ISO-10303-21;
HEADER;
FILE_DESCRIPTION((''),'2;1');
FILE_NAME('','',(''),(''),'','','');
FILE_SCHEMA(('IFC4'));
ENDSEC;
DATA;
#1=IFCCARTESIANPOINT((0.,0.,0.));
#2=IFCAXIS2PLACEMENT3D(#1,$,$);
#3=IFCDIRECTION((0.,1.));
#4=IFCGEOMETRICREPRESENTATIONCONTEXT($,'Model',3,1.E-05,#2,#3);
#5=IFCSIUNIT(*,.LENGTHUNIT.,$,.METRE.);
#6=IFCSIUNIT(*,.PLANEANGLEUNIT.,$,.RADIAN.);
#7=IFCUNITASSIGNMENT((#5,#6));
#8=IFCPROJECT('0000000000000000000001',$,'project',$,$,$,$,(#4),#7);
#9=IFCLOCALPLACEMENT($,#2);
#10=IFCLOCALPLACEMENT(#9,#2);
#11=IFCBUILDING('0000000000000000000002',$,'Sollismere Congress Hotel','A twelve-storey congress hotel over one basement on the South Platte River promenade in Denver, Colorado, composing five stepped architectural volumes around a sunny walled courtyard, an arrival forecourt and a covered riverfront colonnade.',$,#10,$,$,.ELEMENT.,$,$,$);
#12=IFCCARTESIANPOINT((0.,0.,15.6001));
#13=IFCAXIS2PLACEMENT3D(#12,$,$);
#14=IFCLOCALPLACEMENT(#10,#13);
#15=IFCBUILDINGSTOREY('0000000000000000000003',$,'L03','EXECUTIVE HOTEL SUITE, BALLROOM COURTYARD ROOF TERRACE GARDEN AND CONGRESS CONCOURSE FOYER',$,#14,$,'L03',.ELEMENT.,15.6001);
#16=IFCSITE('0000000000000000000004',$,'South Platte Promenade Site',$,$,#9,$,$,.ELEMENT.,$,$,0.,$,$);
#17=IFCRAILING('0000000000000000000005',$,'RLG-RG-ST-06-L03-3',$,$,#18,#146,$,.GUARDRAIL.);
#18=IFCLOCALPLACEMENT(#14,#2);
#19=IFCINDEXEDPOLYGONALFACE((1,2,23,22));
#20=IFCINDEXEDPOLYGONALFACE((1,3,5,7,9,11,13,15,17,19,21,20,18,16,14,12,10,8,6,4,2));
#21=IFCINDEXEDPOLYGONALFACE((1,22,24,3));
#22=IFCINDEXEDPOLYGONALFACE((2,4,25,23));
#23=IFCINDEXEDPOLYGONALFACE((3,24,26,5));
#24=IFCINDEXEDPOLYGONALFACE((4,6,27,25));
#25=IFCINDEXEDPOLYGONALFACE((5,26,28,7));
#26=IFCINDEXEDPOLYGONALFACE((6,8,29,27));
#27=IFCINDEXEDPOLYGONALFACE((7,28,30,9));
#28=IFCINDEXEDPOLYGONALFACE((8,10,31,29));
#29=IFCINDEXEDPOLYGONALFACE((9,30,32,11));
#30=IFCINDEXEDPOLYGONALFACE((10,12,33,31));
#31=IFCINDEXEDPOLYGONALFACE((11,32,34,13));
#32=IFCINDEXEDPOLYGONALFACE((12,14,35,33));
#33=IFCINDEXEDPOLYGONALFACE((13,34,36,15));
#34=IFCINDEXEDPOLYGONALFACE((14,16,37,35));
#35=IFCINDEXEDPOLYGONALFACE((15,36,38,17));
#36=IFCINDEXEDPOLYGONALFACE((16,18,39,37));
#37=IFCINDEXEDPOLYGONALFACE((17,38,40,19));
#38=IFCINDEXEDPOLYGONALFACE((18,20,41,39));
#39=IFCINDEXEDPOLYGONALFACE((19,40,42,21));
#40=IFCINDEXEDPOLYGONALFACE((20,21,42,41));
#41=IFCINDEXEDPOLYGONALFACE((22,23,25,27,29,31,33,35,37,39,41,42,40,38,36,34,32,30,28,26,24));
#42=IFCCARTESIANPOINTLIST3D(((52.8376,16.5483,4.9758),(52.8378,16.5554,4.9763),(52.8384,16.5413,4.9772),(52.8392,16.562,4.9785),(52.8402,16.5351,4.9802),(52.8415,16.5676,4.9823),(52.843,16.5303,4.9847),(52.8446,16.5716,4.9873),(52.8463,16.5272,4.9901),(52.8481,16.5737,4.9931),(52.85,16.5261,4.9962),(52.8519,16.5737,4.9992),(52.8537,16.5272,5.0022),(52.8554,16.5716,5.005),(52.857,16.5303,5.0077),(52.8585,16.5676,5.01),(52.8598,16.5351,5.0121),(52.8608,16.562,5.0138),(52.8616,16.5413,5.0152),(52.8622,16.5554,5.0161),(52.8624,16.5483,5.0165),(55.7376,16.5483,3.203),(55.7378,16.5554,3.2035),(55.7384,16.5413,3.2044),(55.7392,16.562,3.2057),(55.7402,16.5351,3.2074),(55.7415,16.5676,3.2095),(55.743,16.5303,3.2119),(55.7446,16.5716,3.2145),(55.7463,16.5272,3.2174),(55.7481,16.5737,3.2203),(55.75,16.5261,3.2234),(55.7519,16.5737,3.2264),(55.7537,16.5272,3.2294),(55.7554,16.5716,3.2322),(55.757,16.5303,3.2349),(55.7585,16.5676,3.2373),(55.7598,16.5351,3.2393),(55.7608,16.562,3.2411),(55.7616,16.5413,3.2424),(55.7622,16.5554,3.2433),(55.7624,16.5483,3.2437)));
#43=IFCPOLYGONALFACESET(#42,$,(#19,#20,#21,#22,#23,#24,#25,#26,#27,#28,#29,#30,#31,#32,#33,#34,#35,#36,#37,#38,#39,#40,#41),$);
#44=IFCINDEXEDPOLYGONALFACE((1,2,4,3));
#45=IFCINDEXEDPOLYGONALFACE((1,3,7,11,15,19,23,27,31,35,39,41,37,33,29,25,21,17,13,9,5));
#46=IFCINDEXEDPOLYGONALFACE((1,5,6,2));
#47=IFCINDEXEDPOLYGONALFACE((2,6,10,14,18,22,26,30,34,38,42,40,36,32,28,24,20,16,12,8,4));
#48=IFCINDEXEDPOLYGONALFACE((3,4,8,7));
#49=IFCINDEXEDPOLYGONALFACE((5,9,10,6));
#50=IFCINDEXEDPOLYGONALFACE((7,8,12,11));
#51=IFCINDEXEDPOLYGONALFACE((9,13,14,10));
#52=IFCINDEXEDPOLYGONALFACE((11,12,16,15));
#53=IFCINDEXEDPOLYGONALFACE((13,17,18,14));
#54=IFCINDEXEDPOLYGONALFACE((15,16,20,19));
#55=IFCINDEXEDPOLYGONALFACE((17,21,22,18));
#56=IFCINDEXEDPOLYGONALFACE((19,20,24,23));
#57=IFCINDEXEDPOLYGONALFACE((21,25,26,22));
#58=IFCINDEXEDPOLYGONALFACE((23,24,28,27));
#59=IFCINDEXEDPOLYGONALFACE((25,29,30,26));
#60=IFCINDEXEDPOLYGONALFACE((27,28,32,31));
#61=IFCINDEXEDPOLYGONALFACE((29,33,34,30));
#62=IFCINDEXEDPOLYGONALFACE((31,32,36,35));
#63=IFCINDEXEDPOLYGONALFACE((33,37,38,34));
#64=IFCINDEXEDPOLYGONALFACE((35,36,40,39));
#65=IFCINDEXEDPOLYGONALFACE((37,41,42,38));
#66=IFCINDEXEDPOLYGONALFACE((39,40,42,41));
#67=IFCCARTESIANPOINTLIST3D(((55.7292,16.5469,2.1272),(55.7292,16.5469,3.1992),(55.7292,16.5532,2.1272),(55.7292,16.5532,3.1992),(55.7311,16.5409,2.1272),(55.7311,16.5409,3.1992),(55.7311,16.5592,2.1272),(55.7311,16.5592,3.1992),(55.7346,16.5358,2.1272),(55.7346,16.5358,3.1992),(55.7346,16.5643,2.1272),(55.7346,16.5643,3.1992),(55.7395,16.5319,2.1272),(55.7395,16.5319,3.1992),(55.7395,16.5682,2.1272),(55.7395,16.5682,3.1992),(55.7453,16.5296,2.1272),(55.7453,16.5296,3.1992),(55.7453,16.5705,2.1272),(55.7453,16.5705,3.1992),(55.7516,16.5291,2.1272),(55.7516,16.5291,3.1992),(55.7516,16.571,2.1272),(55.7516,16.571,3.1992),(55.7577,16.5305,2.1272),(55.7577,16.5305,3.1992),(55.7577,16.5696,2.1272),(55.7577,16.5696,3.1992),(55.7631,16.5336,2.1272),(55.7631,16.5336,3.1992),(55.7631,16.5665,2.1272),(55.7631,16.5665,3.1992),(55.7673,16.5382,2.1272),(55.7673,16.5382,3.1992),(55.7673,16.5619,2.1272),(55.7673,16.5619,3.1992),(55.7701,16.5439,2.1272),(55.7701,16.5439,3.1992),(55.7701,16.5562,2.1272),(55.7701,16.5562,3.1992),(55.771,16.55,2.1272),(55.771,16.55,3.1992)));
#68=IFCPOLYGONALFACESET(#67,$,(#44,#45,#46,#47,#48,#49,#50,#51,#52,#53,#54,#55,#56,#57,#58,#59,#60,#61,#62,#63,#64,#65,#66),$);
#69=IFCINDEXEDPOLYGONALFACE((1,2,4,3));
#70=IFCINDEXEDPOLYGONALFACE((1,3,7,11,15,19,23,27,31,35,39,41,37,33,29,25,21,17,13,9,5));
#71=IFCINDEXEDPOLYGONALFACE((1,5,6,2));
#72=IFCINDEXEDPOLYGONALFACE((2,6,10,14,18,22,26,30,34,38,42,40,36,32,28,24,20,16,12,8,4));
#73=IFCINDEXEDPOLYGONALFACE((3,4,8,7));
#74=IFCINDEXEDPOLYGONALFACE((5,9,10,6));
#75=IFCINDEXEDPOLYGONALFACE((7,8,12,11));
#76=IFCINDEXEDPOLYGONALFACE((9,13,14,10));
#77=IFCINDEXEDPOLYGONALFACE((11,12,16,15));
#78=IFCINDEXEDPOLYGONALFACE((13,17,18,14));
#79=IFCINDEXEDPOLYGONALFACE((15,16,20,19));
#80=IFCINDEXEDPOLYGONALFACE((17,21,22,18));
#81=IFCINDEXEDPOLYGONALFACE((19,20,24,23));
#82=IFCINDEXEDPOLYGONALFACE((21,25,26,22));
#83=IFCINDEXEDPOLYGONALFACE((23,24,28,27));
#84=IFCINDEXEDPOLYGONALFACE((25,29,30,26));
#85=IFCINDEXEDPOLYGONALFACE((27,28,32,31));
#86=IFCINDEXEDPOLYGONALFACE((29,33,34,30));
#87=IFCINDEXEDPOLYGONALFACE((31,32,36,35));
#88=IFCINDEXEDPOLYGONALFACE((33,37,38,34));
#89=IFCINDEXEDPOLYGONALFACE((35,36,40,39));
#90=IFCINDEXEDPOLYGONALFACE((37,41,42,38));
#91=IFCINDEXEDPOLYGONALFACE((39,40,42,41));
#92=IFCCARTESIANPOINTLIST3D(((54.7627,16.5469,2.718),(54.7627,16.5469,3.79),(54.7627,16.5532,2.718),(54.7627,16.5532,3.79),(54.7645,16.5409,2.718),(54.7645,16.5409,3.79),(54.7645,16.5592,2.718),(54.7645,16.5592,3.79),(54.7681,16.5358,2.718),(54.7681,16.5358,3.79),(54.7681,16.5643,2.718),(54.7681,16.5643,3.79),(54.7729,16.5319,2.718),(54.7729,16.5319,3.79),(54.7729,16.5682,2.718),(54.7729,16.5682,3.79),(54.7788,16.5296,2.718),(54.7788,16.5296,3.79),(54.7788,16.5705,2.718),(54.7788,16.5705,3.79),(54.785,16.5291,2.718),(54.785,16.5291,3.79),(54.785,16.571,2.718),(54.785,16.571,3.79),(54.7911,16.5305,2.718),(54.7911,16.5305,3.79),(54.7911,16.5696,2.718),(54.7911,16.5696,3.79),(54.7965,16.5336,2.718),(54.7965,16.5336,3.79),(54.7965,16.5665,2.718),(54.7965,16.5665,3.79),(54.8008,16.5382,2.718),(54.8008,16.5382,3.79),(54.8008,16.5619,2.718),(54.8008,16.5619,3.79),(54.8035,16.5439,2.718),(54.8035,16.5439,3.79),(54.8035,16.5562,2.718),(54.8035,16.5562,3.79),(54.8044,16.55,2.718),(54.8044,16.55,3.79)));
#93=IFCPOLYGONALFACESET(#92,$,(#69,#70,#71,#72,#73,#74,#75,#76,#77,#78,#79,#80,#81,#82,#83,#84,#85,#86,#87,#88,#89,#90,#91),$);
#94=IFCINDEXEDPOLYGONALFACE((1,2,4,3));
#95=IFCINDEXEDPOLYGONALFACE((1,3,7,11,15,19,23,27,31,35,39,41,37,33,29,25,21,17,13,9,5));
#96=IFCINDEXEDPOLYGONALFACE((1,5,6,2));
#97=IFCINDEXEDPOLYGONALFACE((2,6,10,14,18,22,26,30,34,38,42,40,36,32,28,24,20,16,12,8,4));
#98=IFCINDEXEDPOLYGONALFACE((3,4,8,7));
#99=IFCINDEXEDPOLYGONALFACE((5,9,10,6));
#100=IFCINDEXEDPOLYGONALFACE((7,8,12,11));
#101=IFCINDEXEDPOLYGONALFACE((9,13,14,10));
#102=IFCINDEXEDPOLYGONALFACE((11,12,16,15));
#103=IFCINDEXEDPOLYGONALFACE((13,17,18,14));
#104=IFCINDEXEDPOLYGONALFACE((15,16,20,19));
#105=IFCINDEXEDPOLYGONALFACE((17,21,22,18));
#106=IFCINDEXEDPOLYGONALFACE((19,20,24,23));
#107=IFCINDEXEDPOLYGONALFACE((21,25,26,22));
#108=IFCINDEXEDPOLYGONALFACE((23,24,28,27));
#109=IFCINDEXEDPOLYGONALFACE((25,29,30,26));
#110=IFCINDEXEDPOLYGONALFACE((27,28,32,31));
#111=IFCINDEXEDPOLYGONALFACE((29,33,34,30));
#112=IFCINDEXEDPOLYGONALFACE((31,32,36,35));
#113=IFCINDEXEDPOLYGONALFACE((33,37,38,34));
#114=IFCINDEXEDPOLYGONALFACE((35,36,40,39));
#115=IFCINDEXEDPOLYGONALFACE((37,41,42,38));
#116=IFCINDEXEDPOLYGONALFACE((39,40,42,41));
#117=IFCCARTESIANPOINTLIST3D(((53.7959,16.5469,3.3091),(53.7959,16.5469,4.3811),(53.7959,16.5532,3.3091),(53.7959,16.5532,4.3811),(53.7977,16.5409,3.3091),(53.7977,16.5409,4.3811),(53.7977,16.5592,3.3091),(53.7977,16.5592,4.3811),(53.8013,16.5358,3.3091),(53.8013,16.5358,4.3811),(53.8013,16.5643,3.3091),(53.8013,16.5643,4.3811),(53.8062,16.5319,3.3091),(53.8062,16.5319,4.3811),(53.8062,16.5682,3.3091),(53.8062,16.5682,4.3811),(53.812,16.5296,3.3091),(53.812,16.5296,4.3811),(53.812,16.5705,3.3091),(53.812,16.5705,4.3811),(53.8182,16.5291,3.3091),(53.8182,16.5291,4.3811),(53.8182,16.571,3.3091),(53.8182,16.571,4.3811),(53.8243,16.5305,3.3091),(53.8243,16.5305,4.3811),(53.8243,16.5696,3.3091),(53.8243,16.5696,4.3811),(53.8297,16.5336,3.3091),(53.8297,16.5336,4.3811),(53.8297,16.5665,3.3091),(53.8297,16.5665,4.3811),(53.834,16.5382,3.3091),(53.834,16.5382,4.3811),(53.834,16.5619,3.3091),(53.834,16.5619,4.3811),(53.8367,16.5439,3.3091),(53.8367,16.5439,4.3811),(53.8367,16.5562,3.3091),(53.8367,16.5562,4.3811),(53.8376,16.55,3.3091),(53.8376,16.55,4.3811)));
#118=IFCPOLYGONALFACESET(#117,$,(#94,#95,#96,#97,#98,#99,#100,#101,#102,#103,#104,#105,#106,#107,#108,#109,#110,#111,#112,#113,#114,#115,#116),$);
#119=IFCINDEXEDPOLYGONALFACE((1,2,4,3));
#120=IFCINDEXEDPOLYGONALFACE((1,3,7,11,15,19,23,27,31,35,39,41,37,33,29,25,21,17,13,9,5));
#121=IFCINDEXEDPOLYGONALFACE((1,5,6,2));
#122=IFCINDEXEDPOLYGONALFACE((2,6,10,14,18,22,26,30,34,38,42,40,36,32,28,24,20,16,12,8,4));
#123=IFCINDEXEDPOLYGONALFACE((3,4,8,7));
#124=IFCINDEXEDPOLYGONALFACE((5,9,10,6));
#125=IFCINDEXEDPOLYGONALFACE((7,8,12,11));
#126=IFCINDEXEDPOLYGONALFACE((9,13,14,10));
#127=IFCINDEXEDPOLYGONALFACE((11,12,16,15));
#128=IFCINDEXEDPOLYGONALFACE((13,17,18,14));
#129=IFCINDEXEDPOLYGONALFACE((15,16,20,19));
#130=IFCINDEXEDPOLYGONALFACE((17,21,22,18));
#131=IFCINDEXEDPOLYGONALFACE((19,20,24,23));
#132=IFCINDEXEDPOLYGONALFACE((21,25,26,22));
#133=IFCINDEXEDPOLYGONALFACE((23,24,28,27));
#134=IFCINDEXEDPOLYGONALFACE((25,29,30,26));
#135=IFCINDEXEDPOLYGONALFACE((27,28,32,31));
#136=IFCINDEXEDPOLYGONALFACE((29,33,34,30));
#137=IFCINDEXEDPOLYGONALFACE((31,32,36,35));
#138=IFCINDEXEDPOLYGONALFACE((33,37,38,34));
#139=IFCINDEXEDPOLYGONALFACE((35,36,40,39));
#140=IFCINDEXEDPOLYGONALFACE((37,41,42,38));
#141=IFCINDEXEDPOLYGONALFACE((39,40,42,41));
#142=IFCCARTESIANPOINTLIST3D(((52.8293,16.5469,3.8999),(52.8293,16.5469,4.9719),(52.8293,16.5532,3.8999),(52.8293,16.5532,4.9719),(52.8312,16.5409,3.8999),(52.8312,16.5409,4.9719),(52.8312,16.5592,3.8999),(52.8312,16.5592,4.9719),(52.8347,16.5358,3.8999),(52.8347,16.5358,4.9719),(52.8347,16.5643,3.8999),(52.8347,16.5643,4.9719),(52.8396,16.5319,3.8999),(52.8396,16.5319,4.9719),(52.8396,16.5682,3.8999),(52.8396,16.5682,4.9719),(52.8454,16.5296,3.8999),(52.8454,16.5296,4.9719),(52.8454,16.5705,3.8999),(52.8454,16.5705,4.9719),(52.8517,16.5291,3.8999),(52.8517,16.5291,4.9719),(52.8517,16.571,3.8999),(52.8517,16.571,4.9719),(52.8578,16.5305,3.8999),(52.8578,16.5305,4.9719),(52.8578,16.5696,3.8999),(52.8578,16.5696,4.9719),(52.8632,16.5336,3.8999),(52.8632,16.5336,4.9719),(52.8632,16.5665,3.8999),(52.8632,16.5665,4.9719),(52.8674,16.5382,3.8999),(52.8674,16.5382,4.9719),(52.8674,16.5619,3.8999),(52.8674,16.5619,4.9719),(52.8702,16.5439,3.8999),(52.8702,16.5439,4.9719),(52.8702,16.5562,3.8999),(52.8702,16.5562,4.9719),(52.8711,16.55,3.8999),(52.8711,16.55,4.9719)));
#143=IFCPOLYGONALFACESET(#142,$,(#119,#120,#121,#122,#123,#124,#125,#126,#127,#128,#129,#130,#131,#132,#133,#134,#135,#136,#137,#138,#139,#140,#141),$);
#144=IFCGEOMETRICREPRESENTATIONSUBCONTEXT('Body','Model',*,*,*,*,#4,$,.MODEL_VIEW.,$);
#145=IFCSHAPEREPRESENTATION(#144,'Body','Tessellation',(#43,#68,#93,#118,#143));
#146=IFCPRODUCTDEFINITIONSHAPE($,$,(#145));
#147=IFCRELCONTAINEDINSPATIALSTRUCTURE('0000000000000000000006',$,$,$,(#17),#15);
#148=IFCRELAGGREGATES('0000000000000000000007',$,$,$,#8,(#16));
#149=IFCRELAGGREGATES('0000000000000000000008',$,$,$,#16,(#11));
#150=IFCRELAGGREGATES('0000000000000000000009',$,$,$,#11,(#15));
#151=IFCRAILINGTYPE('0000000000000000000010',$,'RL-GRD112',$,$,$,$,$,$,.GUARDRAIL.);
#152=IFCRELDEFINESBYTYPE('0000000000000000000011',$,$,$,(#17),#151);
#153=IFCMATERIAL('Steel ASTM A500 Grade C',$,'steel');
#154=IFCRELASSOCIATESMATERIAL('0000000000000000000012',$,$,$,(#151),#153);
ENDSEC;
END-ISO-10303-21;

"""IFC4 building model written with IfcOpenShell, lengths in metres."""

from ifc_helpers import new_model, si_unit, direction, frame, origin, origin_2d, place, context, subcontext, project, spatial, circle, extrude, material, type_object, element, save


model = new_model("IFC4")

# Units and contexts
model_context = context("Model", 3, precision=1e-05, world=origin(), true_north=direction((0.0, 1.0)))
body_context = subcontext(model_context, "Body", "Model", "MODEL_VIEW")
ifc_project = project(units=[si_unit("LENGTHUNIT", "METRE"), si_unit("PLANEANGLEUNIT", "RADIAN")], contexts=[model_context])

# Site, building, storey
site_placement = place(None, origin())
site = spatial("IfcSite", under=ifc_project, at=site_placement, Name="South Platte Promenade Site", CompositionType="ELEMENT", RefElevation=0.0)
building_placement = place(site_placement, origin())
building = spatial("IfcBuilding", under=site, at=building_placement, Name="Sollismere Congress Hotel", Description="A twelve-storey congress hotel over one basement on the South Platte River promenade in Denver, Colorado, composing five stepped architectural volumes around a sunny walled courtyard, an arrival forecourt and a covered riverfront colonnade.", CompositionType="ELEMENT")
storey_placement = place(building_placement, frame((0.0, 0.0, 15.6001)))
storey = spatial("IfcBuildingStorey", under=building, at=storey_placement, Name="L03", Description="EXECUTIVE HOTEL SUITE, BALLROOM COURTYARD ROOF TERRACE GARDEN AND CONGRESS CONCOURSE FOYER", LongName="L03", CompositionType="ELEMENT", Elevation=15.6001)

# Railing
ifc_material_1 = material(Name="Steel ASTM A500 Grade C", Category="steel")
railing_type_1 = type_object("IfcRailingType", Name="RL-GRD112", PredefinedType="GUARDRAIL", material=ifc_material_1)
railing_1_placement = place(storey_placement, frame((55.75, 16.55, 2.1272)))
element("IfcRailing", 1, at=railing_1_placement, inside=storey, type_object=railing_type_1, Name="RLG-RG-ST-06-L03-3", PredefinedType="GUARDRAIL", context=body_context, shape_type="SweptSolid", body=[
    extrude(circle(Radius=0.0239, at=origin_2d()), frame((0.0, 0.0, 1.0962), z_axis=(-0.853211, 0.0, 0.521566), x_axis=(0.0, -1.0, 0.0)), (0.0, 0.0, 1.0), 3.3989),
    extrude(circle(Radius=0.021, at=origin_2d()), origin(), (0.0, 0.0, 1.0), 1.072),
    extrude(circle(Radius=0.021, at=origin_2d()), frame((-0.9666, 0.0, 0.5908)), (0.0, 0.0, 1.0), 1.072),
    extrude(circle(Radius=0.021, at=origin_2d()), frame((-1.9333, 0.0, 1.1819)), (0.0, 0.0, 1.0), 1.072),
    extrude(circle(Radius=0.021, at=origin_2d()), frame((-2.8999, 0.0, 1.7727)), (0.0, 0.0, 1.0), 1.072),
])

save(model, "model.ifc")
